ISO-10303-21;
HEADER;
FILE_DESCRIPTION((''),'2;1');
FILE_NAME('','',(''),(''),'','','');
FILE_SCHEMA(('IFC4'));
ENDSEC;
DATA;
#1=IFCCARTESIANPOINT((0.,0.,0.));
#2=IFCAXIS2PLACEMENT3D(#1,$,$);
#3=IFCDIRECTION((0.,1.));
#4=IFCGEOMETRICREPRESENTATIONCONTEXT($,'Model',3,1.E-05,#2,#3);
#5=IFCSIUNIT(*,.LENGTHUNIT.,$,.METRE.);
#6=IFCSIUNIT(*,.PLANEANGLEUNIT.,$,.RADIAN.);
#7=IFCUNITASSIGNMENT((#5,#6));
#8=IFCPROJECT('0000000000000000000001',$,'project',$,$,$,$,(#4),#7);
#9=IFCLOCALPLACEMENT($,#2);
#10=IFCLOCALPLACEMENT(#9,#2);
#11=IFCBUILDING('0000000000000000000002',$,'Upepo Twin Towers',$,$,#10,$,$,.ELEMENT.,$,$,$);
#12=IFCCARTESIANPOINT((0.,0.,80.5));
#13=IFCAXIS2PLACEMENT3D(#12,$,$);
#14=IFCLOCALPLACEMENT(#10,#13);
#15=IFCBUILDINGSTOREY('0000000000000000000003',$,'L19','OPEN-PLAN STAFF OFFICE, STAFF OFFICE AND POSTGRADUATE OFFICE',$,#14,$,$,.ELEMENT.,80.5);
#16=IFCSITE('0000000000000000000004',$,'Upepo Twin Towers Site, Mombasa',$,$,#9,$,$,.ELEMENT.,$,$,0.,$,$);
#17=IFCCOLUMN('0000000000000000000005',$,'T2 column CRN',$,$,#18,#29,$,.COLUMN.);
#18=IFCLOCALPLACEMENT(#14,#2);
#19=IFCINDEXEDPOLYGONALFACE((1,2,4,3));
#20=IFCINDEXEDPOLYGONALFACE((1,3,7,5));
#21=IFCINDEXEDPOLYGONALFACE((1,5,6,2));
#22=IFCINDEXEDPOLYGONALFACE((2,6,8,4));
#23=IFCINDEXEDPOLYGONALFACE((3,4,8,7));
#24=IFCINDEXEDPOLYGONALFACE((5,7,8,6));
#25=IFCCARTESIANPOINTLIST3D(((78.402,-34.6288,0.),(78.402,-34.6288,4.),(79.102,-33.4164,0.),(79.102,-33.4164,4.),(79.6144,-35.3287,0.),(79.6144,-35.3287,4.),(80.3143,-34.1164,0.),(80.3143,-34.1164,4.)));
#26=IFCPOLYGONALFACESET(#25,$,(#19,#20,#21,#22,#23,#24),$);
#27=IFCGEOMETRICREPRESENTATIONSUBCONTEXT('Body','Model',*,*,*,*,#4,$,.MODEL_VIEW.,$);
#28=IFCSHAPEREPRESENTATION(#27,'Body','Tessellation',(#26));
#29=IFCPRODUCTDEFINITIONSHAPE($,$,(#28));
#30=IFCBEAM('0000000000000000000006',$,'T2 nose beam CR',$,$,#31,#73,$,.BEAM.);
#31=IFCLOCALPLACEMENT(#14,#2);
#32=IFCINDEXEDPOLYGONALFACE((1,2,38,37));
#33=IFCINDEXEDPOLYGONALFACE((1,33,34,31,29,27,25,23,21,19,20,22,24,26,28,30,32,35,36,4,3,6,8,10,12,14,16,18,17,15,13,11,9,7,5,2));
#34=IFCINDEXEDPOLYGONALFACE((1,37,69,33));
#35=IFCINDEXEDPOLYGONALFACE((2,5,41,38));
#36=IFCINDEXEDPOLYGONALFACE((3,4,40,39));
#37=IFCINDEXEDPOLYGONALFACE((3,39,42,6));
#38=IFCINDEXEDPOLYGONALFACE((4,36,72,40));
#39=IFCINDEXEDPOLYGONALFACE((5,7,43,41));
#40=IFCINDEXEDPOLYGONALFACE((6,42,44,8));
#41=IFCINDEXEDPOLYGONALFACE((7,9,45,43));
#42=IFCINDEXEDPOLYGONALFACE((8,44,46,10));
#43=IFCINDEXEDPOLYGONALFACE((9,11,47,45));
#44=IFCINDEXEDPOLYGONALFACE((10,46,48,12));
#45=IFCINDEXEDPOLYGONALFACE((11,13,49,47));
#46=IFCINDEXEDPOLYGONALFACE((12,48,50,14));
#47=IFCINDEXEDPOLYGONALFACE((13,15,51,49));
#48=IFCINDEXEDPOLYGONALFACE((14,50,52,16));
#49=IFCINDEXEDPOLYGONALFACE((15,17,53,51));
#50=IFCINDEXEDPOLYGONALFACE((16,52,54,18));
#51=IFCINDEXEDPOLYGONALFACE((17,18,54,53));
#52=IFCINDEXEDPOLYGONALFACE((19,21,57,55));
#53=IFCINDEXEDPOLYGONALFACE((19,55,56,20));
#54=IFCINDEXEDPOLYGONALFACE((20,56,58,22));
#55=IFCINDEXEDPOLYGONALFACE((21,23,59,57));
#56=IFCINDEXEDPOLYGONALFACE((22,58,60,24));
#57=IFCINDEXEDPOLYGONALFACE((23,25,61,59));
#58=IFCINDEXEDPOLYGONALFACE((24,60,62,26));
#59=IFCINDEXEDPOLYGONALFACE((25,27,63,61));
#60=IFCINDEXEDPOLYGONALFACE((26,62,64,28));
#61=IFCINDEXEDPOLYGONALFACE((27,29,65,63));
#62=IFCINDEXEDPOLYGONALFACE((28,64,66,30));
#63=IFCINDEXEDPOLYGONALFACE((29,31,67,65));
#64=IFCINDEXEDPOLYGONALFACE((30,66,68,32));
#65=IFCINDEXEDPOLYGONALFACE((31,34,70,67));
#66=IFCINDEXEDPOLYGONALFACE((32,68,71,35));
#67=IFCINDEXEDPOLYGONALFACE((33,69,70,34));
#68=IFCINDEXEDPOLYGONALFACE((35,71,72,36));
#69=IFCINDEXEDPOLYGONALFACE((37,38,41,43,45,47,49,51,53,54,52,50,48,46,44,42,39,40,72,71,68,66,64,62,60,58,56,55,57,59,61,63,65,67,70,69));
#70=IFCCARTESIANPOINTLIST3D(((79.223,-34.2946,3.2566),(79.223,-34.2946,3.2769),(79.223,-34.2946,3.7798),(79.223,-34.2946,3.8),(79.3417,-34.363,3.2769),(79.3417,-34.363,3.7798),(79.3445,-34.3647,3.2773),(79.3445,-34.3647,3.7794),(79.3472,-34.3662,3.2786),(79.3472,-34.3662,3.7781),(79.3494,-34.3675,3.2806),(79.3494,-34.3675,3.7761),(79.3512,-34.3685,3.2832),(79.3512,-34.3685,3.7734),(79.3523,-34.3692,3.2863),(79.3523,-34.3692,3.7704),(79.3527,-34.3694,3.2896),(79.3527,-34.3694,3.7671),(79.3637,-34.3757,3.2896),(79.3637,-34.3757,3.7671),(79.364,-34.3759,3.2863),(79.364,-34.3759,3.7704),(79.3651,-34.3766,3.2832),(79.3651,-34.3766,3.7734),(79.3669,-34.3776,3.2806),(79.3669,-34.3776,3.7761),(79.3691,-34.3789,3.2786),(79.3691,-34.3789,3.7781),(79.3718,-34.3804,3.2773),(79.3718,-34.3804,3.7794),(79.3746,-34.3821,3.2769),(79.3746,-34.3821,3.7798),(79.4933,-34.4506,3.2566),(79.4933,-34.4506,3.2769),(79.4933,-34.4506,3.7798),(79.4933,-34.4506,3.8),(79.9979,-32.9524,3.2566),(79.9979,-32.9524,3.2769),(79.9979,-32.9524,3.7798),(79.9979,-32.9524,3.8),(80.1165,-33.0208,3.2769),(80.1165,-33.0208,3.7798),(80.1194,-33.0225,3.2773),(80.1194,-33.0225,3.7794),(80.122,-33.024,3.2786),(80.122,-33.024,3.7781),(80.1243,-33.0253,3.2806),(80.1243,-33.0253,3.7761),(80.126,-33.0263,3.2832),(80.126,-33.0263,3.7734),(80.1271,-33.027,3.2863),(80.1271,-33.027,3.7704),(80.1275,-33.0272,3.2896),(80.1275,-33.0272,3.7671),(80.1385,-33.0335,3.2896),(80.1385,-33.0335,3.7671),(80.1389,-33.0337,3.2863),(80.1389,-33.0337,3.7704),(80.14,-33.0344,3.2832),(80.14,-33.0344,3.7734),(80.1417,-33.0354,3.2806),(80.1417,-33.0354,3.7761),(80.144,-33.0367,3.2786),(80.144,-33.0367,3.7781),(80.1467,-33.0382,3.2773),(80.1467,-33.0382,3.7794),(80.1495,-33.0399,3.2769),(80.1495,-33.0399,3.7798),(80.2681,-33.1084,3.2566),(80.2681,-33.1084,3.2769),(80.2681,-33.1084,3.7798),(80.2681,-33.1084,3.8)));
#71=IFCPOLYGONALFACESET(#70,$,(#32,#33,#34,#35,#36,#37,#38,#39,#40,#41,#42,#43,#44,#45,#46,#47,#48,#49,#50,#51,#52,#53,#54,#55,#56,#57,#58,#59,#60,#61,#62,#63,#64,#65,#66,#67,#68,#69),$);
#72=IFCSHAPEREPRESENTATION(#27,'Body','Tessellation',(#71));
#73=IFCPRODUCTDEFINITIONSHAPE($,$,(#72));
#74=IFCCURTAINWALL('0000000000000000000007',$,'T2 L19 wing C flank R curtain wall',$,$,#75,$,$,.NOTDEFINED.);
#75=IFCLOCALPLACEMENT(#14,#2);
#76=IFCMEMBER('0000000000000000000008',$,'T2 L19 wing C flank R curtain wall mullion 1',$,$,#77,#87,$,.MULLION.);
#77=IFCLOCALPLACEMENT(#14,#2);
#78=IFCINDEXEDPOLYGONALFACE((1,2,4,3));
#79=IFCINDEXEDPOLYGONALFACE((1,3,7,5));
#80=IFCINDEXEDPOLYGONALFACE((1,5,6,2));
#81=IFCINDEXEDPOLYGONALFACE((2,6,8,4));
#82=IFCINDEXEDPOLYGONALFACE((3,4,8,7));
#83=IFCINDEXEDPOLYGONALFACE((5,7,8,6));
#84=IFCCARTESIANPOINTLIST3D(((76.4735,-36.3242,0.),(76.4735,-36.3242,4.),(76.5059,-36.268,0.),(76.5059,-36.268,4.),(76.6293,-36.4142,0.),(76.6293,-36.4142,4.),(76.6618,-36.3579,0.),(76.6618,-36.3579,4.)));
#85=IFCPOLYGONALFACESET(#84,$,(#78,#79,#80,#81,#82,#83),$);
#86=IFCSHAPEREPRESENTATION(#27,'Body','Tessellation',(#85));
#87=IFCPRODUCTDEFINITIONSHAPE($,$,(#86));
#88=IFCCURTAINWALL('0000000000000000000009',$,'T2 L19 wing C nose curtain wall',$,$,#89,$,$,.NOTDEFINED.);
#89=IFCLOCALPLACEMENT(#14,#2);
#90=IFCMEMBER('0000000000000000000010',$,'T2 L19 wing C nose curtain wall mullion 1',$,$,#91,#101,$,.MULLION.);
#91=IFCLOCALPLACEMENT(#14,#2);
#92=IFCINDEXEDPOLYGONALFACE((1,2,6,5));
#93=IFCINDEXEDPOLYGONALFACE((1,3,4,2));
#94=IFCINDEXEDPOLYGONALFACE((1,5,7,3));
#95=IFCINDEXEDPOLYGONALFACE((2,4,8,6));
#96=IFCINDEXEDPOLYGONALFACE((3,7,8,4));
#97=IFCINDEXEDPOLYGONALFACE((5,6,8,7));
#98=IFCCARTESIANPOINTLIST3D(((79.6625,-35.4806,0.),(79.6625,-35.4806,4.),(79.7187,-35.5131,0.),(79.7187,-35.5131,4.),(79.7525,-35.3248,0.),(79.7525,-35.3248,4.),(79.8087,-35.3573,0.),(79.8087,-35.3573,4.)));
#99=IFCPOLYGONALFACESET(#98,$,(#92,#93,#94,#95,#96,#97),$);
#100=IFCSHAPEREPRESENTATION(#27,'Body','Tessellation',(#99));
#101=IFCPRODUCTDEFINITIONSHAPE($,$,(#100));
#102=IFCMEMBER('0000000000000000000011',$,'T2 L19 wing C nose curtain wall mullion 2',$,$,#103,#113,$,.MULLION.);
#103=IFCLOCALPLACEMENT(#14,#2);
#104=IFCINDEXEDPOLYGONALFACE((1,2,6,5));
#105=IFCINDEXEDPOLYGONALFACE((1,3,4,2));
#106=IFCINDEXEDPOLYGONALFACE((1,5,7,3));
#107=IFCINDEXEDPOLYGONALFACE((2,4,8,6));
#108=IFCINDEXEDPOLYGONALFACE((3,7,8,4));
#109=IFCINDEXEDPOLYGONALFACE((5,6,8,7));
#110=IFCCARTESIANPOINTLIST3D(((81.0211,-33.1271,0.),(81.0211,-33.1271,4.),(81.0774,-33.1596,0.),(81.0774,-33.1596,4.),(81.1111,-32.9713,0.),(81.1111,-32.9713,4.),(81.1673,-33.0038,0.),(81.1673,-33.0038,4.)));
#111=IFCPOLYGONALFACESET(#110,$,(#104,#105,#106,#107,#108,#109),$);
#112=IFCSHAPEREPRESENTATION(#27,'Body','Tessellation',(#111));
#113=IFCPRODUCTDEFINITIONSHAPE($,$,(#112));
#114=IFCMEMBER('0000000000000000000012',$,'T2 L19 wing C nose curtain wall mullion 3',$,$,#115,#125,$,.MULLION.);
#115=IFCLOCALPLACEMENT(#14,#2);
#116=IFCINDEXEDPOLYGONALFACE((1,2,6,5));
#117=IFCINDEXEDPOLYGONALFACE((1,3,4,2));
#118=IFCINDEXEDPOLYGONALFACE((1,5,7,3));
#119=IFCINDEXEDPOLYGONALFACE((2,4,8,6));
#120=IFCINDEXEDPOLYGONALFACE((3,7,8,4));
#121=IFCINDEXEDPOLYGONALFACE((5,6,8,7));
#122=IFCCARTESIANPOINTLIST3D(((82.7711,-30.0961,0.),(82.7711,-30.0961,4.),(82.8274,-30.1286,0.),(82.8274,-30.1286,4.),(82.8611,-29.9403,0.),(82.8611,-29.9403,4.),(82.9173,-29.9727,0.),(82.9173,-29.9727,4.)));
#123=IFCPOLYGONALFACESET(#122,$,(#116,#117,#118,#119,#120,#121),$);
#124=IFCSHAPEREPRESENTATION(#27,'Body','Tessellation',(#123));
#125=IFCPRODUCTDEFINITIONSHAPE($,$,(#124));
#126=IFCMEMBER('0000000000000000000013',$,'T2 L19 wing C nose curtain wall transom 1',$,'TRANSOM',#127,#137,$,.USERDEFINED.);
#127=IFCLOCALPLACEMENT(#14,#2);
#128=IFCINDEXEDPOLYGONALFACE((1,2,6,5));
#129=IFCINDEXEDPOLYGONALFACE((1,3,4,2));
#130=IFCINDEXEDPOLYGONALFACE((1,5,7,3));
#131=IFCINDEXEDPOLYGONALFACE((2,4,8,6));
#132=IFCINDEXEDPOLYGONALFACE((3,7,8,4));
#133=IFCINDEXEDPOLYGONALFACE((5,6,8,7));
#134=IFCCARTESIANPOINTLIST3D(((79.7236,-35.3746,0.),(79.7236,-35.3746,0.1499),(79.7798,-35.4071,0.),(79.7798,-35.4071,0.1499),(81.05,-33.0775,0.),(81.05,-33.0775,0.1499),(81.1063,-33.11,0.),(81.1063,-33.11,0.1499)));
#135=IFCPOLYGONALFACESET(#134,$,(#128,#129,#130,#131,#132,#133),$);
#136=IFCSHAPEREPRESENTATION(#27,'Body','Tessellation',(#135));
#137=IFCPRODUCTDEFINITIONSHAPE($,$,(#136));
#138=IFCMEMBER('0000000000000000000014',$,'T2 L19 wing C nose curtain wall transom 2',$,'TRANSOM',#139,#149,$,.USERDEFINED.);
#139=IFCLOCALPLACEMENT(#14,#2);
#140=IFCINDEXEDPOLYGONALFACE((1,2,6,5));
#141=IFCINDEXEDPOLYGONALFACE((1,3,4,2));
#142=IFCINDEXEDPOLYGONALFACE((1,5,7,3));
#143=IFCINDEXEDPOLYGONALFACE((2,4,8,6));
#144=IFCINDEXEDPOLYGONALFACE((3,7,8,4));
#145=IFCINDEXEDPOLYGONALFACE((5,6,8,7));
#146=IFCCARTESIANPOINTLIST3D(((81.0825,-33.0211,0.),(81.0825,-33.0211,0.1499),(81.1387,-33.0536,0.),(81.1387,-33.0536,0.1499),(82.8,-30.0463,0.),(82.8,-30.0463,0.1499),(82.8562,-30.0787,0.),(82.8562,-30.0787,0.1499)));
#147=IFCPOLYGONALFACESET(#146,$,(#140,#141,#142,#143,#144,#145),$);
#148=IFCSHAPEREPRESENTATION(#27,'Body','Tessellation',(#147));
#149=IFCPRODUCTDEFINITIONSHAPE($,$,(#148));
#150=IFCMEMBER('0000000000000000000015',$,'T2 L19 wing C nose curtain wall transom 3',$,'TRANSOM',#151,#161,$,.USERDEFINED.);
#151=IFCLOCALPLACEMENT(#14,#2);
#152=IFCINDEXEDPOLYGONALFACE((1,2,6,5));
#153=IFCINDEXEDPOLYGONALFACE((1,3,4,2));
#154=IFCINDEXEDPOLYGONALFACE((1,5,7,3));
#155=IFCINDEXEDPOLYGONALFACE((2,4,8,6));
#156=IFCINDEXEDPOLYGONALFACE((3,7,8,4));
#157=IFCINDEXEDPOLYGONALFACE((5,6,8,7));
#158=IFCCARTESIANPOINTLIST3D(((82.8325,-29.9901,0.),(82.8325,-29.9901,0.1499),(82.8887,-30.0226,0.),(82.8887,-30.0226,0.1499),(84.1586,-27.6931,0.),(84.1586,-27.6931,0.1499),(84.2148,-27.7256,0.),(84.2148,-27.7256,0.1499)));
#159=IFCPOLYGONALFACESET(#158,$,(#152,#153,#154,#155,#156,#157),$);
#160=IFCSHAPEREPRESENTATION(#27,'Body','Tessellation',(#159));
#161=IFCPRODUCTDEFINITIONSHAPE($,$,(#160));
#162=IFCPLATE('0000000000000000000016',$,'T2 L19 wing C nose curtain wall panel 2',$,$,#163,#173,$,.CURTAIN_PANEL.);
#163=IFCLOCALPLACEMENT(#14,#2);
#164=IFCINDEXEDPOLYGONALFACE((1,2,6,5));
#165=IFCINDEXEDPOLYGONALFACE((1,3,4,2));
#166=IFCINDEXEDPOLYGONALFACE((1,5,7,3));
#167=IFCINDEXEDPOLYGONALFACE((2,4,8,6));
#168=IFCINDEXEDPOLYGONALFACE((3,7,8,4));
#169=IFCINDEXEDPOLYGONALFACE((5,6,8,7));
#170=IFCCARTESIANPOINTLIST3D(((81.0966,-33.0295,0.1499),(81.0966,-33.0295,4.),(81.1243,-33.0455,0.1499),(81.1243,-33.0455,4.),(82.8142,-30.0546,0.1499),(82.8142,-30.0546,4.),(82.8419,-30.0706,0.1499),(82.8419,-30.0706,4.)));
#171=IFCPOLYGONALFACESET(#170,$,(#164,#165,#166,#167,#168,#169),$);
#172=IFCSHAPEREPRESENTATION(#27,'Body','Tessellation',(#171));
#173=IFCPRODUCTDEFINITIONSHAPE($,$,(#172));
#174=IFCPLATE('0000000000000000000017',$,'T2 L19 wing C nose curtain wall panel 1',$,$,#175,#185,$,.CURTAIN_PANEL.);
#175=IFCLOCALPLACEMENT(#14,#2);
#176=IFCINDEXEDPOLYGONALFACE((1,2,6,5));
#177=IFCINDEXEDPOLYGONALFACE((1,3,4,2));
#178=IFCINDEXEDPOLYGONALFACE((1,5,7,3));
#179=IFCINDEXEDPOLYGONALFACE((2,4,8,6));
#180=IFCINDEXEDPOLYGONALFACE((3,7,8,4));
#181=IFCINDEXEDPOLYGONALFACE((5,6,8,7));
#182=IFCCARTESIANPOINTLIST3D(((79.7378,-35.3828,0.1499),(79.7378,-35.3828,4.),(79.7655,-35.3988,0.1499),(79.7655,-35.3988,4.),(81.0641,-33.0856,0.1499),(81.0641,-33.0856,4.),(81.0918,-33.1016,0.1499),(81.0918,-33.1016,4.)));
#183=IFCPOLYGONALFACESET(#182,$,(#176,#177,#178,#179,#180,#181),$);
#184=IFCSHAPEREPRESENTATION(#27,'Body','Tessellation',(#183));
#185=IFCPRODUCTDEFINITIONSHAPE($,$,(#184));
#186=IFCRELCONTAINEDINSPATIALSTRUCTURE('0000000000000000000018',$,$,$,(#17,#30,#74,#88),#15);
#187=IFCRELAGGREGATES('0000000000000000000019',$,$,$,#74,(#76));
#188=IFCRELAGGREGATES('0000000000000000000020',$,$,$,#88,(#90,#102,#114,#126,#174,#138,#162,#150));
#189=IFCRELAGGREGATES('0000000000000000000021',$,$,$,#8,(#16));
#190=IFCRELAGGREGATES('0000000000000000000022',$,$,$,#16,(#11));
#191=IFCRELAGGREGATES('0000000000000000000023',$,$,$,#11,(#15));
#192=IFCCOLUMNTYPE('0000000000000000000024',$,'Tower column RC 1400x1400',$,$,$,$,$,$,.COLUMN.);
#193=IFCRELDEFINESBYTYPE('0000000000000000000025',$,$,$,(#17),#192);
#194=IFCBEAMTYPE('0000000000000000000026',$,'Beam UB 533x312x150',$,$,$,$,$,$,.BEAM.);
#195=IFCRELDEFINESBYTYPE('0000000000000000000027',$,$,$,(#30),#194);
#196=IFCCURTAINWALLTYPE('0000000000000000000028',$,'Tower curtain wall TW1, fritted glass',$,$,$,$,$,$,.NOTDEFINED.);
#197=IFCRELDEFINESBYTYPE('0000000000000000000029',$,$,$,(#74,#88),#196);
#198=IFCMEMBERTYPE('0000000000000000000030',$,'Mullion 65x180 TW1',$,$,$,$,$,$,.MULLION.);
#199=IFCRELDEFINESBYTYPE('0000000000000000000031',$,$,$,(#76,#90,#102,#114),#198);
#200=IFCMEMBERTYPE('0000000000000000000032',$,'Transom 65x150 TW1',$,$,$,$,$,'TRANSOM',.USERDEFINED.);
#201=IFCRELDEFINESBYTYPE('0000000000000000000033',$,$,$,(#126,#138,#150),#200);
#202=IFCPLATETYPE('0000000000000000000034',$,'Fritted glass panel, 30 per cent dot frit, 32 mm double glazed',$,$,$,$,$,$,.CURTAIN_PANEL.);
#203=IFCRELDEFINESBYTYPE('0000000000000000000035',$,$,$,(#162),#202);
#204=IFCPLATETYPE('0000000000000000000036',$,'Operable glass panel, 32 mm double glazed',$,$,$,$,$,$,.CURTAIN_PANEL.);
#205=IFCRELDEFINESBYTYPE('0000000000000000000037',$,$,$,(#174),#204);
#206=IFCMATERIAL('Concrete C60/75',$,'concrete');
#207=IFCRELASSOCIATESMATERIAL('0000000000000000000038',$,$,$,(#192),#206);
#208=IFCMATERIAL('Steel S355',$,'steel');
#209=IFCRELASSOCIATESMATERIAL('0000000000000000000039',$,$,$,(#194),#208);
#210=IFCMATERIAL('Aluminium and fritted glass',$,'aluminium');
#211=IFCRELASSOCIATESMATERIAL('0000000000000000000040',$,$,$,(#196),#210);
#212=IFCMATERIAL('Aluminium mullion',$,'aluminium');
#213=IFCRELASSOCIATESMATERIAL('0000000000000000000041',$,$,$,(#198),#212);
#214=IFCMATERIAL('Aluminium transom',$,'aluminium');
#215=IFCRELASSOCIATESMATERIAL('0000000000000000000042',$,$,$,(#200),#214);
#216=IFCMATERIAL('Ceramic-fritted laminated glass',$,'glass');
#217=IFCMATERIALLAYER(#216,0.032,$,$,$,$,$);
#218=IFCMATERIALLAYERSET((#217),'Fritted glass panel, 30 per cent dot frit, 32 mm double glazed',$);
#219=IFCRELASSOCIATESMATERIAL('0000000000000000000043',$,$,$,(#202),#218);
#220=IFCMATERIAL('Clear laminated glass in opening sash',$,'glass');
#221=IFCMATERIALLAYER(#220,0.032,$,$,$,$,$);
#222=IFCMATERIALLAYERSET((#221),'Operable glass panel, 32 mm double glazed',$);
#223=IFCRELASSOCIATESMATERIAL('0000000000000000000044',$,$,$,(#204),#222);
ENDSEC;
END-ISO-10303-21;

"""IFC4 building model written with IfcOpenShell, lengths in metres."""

from ifc_helpers import new_model, si_unit, direction, frame, origin, origin_2d, place, context, subcontext, project, spatial, rectangle, i_section, extrude, material, layer, layer_set, material_profile, profile_set, type_object, element, aggregate, save


model = new_model("IFC4")

# Units and contexts
model_context = context("Model", 3, precision=1e-05, world=origin(), true_north=direction((0.0, 1.0)))
body_context = subcontext(model_context, "Body", "Model", "MODEL_VIEW")
ifc_project = project(units=[si_unit("LENGTHUNIT", "METRE"), si_unit("PLANEANGLEUNIT", "RADIAN")], contexts=[model_context])

# Site, building, storey
site_placement = place(None, origin())
site = spatial("IfcSite", under=ifc_project, at=site_placement, Name="Upepo Twin Towers Site, Mombasa", CompositionType="ELEMENT", RefElevation=0.0)
building_placement = place(site_placement, origin())
building = spatial("IfcBuilding", under=site, at=building_placement, Name="Upepo Twin Towers", CompositionType="ELEMENT")
storey_placement = place(building_placement, frame((0.0, 0.0, 80.5)))
storey = spatial("IfcBuildingStorey", under=building, at=storey_placement, Name="L19", Description="OPEN-PLAN STAFF OFFICE, STAFF OFFICE AND POSTGRADUATE OFFICE", CompositionType="ELEMENT", Elevation=80.5)

# Column
ifc_material_1 = material(Name="Concrete C60/75", Category="concrete")
ifc_material_profile_1 = material_profile(ifc_material_1, rectangle(XDim=1.3999, YDim=1.3999, at=origin_2d()), Name="RC 1400x1400")
ifc_profile_set_1 = profile_set([ifc_material_profile_1], Name="Concrete C60/75")
column_type = type_object("IfcColumnType", Name="Tower column RC 1400x1400", PredefinedType="COLUMN", material=ifc_profile_set_1)
column_placement = place(storey_placement, frame((79.3582, -34.3726, 0.0), z_axis=(0.0, 0.0, 1.0), x_axis=(0.5, 0.866025, 0.0)))
element("IfcColumn", 1, at=column_placement, inside=storey, type_object=column_type, Name="T2 column CRN", PredefinedType="COLUMN", context=body_context, shape_type="SweptSolid", body=[
    extrude(rectangle(XDim=1.3999, YDim=1.3999, at=origin_2d()), origin(), (0.0, 0.0, 1.0), 4.0),
])

# Beam
ifc_material_2 = material(Name="Steel S355", Category="steel")
ifc_material_profile_2 = material_profile(ifc_material_2, i_section(OverallWidth=0.312, OverallDepth=0.5435, WebThickness=0.0127, FlangeThickness=0.0203, FilletRadius=0.0127, at=origin_2d()), Name="UB 533x312x150")
ifc_profile_set_2 = profile_set([ifc_material_profile_2], Name="Steel S355")
beam_type = type_object("IfcBeamType", Name="Beam UB 533x312x150", PredefinedType="BEAM", material=ifc_profile_set_2)
beam_placement = place(storey_placement, frame((79.3582, -34.3726, 3.5283), z_axis=(0.499968, 0.866044, 0.0), x_axis=(-0.866044, 0.499968, 0.0)))
element("IfcBeam", 2, at=beam_placement, inside=storey, type_object=beam_type, Name="T2 nose beam CR", PredefinedType="BEAM", context=body_context, shape_type="SweptSolid", body=[
    extrude(i_section(OverallWidth=0.312, OverallDepth=0.5435, WebThickness=0.0127, FlangeThickness=0.0203, FilletRadius=0.0127, at=origin_2d()), origin(), (0.0, 0.0, 1.0), 1.5498),
])

# Curtain wall, member
ifc_material_3 = material(Name="Aluminium and fritted glass", Category="aluminium")
curtain_wall_type = type_object("IfcCurtainWallType", Name="Tower curtain wall TW1, fritted glass", PredefinedType="NOTDEFINED", material=ifc_material_3)
curtain_wall_1_placement = place(storey_placement, origin())
curtain_wall_1 = element("IfcCurtainWall", 3, at=curtain_wall_1_placement, inside=storey, type_object=curtain_wall_type, Name="T2 L19 wing C flank R curtain wall", PredefinedType="NOTDEFINED")
ifc_material_4 = material(Name="Aluminium mullion", Category="aluminium")
ifc_material_profile_3 = material_profile(ifc_material_4, rectangle(XDim=0.0649, YDim=0.1799, at=origin_2d()), Name="MULLION 65x180")
ifc_profile_set_3 = profile_set([ifc_material_profile_3], Name="Aluminium mullion")
member_type_1 = type_object("IfcMemberType", Name="Mullion 65x180 TW1", PredefinedType="MULLION", material=ifc_profile_set_3)
member_1_placement = place(storey_placement, frame((76.5676, -36.3411, 0.0), z_axis=(0.0, 0.0, 1.0), x_axis=(-0.5, -0.866025, 0.0)))
member_1 = element("IfcMember", 4, at=member_1_placement, type_object=member_type_1, Name="T2 L19 wing C flank R curtain wall mullion 1", PredefinedType="MULLION", context=body_context, shape_type="SweptSolid", body=[
    extrude(rectangle(XDim=0.0649, YDim=0.1799, at=origin_2d()), origin(), (0.0, 0.0, 1.0), 4.0),
])
aggregate(curtain_wall_1, [member_1])

# Curtain wall, members, plates
curtain_wall_2_placement = place(storey_placement, origin())
curtain_wall_2 = element("IfcCurtainWall", 5, at=curtain_wall_2_placement, inside=storey, type_object=curtain_wall_type, Name="T2 L19 wing C nose curtain wall", PredefinedType="NOTDEFINED")
member_2_placement = place(storey_placement, frame((79.7356, -35.4189, 0.0), z_axis=(0.0, 0.0, 1.0), x_axis=(-0.866025, 0.5, 0.0)))
member_2 = element("IfcMember", 6, at=member_2_placement, type_object=member_type_1, Name="T2 L19 wing C nose curtain wall mullion 1", PredefinedType="MULLION", context=body_context, shape_type="SweptSolid", body=[
    extrude(rectangle(XDim=0.0649, YDim=0.1799, at=origin_2d()), origin(), (0.0, 0.0, 1.0), 4.0),
])
member_3_placement = place(storey_placement, frame((81.0942, -33.0654, 0.0), z_axis=(0.0, 0.0, 1.0), x_axis=(-0.866025, 0.5, 0.0)))
member_3 = element("IfcMember", 7, at=member_3_placement, type_object=member_type_1, Name="T2 L19 wing C nose curtain wall mullion 2", PredefinedType="MULLION", context=body_context, shape_type="SweptSolid", body=[
    extrude(rectangle(XDim=0.0649, YDim=0.1799, at=origin_2d()), origin(), (0.0, 0.0, 1.0), 4.0),
])
member_4_placement = place(storey_placement, frame((82.8442, -30.0344, 0.0), z_axis=(0.0, 0.0, 1.0), x_axis=(-0.866025, 0.5, 0.0)))
member_4 = element("IfcMember", 8, at=member_4_placement, type_object=member_type_1, Name="T2 L19 wing C nose curtain wall mullion 3", PredefinedType="MULLION", context=body_context, shape_type="SweptSolid", body=[
    extrude(rectangle(XDim=0.0649, YDim=0.1799, at=origin_2d()), origin(), (0.0, 0.0, 1.0), 4.0),
])
ifc_material_5 = material(Name="Aluminium transom", Category="aluminium")
ifc_material_profile_4 = material_profile(ifc_material_5, rectangle(XDim=0.0649, YDim=0.1499, at=origin_2d()), Name="TRANSOM 65x150")
ifc_profile_set_4 = profile_set([ifc_material_profile_4], Name="Aluminium transom")
member_type_2 = type_object("IfcMemberType", Name="Transom 65x150 TW1", ElementType="TRANSOM", PredefinedType="USERDEFINED", material=ifc_profile_set_4)
member_5_placement = place(storey_placement, frame((79.7517, -35.3909, 0.075), z_axis=(0.500049, 0.865997, 0.0), x_axis=(-0.865997, 0.500049, 0.0)))
member_5 = element("IfcMember", 9, at=member_5_placement, type_object=member_type_2, Name="T2 L19 wing C nose curtain wall transom 1", ObjectType="TRANSOM", PredefinedType="USERDEFINED", context=body_context, shape_type="SweptSolid", body=[
    extrude(rectangle(XDim=0.0649, YDim=0.1499, at=origin_2d()), origin(), (0.0, 0.0, 1.0), 2.6526),
])
member_6_placement = place(storey_placement, frame((81.1106, -33.0374, 0.075), z_axis=(0.499999, 0.866026, 0.0), x_axis=(-0.866026, 0.499999, 0.0)))
member_6 = element("IfcMember", 10, at=member_6_placement, type_object=member_type_2, Name="T2 L19 wing C nose curtain wall transom 2", ObjectType="TRANSOM", PredefinedType="USERDEFINED", context=body_context, shape_type="SweptSolid", body=[
    extrude(rectangle(XDim=0.0649, YDim=0.1499, at=origin_2d()), origin(), (0.0, 0.0, 1.0), 3.4351),
])
member_7_placement = place(storey_placement, frame((82.8606, -30.0063, 0.075), z_axis=(0.49998, 0.866037, 0.0), x_axis=(-0.866037, 0.49998, 0.0)))
member_7 = element("IfcMember", 11, at=member_7_placement, type_object=member_type_2, Name="T2 L19 wing C nose curtain wall transom 3", ObjectType="TRANSOM", PredefinedType="USERDEFINED", context=body_context, shape_type="SweptSolid", body=[
    extrude(rectangle(XDim=0.0649, YDim=0.1499, at=origin_2d()), origin(), (0.0, 0.0, 1.0), 2.6523),
])
ifc_material_6 = material(Name="Ceramic-fritted laminated glass", Category="glass")
ifc_layer_1 = layer(ifc_material_6, 0.032)
ifc_layer_set_1 = layer_set([ifc_layer_1], Name="Fritted glass panel, 30 per cent dot frit, 32 mm double glazed")
plate_type_1 = type_object("IfcPlateType", Name="Fritted glass panel, 30 per cent dot frit, 32 mm double glazed", PredefinedType="CURTAIN_PANEL", material=ifc_layer_set_1)
plate_1_placement = place(storey_placement, frame((81.9692, -31.55, 0.1499), z_axis=(0.0, 0.0, 1.0), x_axis=(0.5, 0.866025, 0.0)))
plate_1 = element("IfcPlate", 12, at=plate_1_placement, type_object=plate_type_1, Name="T2 L19 wing C nose curtain wall panel 2", PredefinedType="CURTAIN_PANEL", context=body_context, shape_type="SweptSolid", body=[
    extrude(rectangle(XDim=3.4351, YDim=0.032, at=origin_2d()), origin(), (0.0, 0.0, 1.0), 3.8501),
])
ifc_material_7 = material(Name="Clear laminated glass in opening sash", Category="glass")
ifc_layer_2 = layer(ifc_material_7, 0.032)
ifc_layer_set_2 = layer_set([ifc_layer_2], Name="Operable glass panel, 32 mm double glazed")
plate_type_2 = type_object("IfcPlateType", Name="Operable glass panel, 32 mm double glazed", PredefinedType="CURTAIN_PANEL", material=ifc_layer_set_2)
plate_2_placement = place(storey_placement, frame((80.4148, -34.2422, 0.1499), z_axis=(0.0, 0.0, 1.0), x_axis=(0.5, 0.866025, 0.0)))
plate_2 = element("IfcPlate", 13, at=plate_2_placement, type_object=plate_type_2, Name="T2 L19 wing C nose curtain wall panel 1", PredefinedType="CURTAIN_PANEL", context=body_context, shape_type="SweptSolid", body=[
    extrude(rectangle(XDim=2.6526, YDim=0.032, at=origin_2d()), origin(), (0.0, 0.0, 1.0), 3.8501),
])
aggregate(curtain_wall_2, [member_2, member_3, member_4, member_5, plate_2, member_6, plate_1, member_7])

save(model, "model.ifc")
